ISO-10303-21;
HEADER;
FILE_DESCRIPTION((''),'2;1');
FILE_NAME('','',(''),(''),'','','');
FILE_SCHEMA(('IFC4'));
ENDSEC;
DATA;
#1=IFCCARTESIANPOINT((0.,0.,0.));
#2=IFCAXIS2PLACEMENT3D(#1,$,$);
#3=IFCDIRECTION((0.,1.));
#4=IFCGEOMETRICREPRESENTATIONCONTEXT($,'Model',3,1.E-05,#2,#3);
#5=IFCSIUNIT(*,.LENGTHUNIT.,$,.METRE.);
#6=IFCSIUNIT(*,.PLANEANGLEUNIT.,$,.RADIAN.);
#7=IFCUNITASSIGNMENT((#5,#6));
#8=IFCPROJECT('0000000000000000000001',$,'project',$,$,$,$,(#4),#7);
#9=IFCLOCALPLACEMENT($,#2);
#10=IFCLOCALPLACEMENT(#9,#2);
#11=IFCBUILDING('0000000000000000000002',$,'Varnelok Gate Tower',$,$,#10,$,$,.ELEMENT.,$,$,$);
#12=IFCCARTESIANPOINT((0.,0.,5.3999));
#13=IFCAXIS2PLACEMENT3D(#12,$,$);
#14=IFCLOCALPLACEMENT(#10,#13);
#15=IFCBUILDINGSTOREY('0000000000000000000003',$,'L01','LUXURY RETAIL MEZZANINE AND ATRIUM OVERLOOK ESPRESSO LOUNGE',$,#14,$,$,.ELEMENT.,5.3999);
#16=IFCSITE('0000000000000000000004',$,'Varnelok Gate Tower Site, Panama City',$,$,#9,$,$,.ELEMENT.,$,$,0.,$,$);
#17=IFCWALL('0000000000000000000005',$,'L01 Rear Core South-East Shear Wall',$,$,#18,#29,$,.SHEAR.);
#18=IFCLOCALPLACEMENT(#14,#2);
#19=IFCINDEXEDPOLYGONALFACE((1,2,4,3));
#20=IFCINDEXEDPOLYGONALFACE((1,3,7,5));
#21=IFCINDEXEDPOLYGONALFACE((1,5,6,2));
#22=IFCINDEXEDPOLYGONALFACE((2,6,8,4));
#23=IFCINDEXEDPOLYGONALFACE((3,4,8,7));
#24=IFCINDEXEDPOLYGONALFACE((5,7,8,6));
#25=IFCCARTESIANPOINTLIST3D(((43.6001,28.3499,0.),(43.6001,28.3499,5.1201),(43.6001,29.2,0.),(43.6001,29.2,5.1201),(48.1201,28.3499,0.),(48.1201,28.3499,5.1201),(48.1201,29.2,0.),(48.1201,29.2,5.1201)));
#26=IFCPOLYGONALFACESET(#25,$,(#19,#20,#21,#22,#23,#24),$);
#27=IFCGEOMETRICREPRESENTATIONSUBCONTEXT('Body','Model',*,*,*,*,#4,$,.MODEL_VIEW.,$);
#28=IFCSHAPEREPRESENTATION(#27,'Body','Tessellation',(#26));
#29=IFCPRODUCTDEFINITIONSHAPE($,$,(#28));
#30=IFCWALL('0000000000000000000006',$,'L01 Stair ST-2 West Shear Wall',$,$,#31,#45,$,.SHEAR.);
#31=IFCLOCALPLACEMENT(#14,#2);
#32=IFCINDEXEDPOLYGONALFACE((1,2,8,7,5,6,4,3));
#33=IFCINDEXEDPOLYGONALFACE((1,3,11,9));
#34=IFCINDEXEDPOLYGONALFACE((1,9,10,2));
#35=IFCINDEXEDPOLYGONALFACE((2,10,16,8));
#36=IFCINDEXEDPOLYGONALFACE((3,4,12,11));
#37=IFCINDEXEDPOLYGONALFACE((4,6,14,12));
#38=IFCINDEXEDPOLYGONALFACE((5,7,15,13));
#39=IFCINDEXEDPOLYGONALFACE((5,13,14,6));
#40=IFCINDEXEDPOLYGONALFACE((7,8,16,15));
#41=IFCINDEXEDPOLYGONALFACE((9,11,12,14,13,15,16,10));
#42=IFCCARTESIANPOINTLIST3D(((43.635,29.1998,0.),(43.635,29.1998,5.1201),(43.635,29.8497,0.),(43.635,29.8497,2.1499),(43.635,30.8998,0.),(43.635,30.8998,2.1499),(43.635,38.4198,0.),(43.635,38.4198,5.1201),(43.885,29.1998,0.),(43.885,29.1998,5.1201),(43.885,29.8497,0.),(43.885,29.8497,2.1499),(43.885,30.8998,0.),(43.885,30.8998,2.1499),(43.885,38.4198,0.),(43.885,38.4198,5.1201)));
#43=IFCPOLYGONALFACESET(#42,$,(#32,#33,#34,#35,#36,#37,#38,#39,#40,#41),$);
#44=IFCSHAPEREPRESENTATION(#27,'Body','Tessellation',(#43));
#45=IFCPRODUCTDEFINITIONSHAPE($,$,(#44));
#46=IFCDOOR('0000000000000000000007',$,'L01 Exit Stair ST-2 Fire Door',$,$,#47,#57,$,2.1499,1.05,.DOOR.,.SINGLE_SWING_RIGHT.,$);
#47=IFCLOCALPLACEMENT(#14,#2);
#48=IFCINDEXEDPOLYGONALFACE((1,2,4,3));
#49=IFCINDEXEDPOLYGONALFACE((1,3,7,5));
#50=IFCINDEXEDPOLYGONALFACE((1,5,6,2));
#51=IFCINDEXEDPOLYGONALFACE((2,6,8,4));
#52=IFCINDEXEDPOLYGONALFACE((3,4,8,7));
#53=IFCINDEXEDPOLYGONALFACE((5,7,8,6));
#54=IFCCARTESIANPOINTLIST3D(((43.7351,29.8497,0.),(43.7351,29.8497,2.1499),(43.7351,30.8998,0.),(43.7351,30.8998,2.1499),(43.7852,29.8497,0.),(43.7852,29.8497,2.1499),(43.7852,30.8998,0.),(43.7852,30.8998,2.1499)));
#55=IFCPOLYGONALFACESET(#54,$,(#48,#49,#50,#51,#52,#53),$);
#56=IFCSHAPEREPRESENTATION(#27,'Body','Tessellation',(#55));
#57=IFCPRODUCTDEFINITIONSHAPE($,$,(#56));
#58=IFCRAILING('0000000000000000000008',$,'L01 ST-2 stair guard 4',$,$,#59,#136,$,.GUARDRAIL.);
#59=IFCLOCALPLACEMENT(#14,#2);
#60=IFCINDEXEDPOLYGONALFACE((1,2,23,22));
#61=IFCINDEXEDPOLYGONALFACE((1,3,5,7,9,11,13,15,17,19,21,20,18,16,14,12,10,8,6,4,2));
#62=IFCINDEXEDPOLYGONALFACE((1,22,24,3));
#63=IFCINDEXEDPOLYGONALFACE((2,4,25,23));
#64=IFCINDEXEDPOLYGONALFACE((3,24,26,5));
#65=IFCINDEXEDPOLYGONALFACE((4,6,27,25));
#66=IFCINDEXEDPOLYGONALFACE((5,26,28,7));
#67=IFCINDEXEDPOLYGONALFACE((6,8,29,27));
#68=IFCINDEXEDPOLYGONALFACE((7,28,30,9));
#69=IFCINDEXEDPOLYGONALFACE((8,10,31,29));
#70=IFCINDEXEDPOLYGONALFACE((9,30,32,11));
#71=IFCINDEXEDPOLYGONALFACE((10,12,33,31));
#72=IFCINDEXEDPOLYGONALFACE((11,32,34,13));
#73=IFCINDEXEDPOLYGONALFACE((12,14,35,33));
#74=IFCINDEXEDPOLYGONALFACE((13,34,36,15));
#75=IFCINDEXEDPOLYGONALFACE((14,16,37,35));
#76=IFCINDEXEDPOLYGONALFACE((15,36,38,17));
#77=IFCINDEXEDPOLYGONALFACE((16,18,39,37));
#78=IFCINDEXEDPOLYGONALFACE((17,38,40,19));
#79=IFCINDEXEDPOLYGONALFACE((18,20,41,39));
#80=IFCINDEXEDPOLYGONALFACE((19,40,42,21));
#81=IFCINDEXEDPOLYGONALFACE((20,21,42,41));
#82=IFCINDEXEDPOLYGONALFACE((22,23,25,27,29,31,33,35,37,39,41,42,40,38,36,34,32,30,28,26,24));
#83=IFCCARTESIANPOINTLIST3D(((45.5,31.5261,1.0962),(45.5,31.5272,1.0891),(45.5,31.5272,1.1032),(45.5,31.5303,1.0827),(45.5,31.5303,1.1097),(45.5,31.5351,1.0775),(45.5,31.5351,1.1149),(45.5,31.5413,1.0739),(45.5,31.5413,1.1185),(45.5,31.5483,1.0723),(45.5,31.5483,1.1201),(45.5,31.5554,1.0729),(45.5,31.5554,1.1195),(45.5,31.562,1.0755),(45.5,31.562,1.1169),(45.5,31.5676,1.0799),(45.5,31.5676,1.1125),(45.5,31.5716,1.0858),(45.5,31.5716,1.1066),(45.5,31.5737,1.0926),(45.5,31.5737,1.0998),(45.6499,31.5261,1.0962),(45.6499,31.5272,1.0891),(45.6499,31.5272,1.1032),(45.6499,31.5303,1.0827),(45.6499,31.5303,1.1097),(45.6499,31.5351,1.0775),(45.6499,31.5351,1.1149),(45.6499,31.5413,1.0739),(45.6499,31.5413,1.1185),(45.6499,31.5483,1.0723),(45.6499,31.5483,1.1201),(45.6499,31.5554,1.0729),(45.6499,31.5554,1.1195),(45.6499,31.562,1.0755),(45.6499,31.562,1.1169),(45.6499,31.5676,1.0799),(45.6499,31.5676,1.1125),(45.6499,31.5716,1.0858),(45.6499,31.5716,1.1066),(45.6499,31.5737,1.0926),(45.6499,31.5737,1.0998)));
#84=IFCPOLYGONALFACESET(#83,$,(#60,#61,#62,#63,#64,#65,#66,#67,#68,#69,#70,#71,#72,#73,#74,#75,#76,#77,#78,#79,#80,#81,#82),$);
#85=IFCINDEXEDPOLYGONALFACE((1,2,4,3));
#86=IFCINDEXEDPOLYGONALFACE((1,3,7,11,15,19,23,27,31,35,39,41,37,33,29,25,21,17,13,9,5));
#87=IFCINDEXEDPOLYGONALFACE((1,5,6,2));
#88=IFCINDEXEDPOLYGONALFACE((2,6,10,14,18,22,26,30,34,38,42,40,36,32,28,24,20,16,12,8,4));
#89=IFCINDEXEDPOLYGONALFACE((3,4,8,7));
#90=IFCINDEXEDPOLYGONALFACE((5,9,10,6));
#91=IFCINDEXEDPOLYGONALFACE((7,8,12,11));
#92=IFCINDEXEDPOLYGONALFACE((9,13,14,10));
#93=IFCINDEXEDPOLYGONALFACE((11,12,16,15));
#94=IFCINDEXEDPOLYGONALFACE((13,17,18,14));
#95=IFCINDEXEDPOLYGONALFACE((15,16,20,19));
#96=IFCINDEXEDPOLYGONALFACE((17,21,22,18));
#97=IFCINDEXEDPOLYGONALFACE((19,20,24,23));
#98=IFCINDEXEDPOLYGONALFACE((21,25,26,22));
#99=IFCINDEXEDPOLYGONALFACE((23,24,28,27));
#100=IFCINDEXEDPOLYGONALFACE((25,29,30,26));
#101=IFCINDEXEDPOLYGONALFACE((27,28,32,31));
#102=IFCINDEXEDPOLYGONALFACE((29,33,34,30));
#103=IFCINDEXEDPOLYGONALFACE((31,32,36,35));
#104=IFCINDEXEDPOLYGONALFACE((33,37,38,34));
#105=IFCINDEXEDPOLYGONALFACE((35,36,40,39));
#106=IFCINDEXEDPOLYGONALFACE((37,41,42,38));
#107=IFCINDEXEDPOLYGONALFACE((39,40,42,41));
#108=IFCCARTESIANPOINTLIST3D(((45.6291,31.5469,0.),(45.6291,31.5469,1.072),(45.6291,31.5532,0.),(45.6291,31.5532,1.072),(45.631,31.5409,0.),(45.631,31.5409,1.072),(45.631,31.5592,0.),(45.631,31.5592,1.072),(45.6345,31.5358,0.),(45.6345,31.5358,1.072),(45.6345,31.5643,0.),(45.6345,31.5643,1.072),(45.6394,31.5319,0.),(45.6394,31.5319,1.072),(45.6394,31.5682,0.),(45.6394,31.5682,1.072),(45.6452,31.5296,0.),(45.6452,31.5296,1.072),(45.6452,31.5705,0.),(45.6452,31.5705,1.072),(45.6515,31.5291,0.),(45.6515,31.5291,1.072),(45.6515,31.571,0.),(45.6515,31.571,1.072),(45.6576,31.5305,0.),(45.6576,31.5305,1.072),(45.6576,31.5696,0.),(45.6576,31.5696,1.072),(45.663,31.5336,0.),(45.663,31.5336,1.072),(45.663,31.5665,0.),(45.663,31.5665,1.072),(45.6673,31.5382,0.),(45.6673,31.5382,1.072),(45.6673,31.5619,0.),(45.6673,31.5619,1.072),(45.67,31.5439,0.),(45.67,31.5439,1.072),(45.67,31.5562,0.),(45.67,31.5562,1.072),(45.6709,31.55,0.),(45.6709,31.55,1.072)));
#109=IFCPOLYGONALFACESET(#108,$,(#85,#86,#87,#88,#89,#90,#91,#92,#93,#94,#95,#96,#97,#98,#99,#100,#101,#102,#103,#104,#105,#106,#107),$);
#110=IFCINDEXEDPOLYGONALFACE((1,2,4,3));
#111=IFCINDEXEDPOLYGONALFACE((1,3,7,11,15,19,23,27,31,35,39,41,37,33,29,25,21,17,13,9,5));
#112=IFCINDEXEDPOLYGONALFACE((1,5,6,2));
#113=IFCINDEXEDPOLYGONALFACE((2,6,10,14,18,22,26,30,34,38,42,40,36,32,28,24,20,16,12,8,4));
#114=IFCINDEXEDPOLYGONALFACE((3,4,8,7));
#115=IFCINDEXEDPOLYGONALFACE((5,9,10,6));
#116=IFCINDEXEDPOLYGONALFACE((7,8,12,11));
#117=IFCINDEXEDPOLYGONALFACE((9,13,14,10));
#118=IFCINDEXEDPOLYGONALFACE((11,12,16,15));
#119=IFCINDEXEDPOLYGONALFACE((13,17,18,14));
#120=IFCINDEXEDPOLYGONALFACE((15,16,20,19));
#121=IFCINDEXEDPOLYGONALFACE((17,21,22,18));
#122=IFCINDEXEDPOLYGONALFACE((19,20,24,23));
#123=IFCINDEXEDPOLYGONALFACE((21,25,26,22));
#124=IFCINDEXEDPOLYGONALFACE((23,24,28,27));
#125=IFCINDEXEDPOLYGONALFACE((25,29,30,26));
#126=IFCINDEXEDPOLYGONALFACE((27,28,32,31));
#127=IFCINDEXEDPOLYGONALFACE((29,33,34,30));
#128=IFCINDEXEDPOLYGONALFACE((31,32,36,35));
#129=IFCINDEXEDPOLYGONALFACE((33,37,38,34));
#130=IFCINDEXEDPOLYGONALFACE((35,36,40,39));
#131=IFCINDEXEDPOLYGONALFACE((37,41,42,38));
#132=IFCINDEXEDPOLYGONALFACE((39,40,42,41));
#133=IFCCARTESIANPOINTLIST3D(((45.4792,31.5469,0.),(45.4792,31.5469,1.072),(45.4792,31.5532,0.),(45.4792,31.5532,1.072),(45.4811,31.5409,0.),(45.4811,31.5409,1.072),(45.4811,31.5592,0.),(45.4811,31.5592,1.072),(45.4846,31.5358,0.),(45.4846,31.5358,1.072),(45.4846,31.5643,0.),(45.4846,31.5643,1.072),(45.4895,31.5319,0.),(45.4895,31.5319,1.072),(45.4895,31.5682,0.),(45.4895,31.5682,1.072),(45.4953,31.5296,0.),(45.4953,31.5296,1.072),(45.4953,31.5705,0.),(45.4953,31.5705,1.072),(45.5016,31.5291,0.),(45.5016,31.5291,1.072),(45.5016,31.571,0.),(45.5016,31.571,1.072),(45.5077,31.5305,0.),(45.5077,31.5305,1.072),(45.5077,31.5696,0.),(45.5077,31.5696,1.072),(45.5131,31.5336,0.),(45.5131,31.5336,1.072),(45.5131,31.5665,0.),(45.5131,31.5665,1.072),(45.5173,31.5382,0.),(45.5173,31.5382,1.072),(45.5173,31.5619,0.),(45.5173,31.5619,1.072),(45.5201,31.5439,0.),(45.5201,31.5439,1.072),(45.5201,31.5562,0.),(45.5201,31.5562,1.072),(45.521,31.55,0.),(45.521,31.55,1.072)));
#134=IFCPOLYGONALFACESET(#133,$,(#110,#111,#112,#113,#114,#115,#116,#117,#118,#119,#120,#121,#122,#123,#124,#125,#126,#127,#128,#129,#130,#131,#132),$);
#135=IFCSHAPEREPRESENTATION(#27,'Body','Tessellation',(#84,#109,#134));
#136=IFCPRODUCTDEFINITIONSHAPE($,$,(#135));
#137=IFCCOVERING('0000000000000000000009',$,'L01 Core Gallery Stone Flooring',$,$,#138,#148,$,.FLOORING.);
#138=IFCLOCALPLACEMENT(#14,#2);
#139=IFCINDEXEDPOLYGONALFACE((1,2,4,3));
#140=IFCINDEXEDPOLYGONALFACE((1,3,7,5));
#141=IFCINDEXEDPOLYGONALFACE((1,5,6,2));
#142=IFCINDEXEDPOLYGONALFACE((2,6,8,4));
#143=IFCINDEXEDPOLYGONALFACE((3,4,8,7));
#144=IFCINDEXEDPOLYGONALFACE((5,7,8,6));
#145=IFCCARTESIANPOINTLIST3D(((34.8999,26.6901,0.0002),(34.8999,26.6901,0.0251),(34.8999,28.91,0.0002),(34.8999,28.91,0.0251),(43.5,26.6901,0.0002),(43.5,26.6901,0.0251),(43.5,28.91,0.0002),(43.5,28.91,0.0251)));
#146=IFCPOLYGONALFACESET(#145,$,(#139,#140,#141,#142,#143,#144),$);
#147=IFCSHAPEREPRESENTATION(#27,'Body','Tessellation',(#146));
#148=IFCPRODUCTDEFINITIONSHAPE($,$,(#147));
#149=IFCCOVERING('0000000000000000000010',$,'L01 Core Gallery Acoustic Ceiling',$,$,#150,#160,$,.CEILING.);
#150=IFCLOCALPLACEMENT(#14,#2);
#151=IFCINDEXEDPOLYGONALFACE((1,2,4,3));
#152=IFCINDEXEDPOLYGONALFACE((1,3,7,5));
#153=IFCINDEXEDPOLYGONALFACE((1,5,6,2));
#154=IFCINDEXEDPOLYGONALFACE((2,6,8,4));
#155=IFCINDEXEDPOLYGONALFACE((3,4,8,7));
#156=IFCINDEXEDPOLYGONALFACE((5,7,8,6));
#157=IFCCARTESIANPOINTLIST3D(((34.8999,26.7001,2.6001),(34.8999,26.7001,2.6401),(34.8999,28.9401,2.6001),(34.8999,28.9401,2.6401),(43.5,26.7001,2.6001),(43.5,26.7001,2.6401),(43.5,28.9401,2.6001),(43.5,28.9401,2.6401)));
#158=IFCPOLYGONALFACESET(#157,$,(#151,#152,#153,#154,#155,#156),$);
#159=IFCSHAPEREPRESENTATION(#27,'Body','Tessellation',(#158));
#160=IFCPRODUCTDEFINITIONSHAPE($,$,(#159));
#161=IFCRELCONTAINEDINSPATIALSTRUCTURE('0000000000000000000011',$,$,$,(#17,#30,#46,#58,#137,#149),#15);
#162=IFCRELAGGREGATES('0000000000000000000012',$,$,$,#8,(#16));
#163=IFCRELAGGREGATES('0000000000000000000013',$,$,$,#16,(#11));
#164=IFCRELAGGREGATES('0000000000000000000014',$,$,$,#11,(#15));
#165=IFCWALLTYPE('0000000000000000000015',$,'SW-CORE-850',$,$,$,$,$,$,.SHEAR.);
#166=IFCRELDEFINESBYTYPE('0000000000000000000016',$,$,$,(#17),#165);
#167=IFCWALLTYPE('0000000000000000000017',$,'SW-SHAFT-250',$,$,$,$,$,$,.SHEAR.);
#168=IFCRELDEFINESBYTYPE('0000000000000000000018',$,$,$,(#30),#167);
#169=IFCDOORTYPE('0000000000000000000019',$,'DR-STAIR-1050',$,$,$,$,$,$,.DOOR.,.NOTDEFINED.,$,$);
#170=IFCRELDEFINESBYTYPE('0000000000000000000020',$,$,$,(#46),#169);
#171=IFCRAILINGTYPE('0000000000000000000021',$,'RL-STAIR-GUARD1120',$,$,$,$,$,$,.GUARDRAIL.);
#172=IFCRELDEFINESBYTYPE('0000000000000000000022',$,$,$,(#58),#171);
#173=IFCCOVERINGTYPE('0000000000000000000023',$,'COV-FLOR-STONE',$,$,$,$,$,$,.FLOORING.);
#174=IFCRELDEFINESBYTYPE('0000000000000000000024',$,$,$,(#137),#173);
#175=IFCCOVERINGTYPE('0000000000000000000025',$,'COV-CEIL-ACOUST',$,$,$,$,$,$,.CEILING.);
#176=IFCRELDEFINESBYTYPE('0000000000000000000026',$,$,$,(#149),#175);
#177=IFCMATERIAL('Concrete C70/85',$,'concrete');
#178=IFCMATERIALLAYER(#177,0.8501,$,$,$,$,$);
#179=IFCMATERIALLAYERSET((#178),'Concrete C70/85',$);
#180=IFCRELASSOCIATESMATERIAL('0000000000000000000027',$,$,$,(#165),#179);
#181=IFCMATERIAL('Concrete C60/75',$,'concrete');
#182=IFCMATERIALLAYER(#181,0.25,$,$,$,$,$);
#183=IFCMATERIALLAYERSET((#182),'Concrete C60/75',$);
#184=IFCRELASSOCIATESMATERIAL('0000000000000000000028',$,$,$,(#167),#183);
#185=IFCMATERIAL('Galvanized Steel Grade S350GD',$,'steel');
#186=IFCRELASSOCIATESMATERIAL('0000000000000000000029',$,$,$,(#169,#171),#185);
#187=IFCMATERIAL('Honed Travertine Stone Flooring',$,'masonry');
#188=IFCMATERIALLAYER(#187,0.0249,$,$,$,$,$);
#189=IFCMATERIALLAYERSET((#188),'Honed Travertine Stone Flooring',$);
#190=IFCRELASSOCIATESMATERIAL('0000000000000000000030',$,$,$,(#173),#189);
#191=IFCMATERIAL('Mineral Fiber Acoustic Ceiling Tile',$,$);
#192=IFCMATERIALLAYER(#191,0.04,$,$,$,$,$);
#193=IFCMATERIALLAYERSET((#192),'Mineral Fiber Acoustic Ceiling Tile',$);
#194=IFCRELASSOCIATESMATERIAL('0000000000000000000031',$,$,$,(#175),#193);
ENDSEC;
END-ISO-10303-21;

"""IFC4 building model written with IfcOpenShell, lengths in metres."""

from ifc_helpers import new_model, si_unit, direction, frame, frame_2d, origin, origin_2d, place, context, subcontext, project, spatial, rectangle, circle, extrude, source, transform, mapped, material, layer, layer_set, type_object, element, fill, save


model = new_model("IFC4")

# Units and contexts
model_context = context("Model", 3, precision=1e-05, world=origin(), true_north=direction((0.0, 1.0)))
body_context = subcontext(model_context, "Body", "Model", "MODEL_VIEW")
ifc_project = project(units=[si_unit("LENGTHUNIT", "METRE"), si_unit("PLANEANGLEUNIT", "RADIAN")], contexts=[model_context])

# Site, building, storey
site_placement = place(None, origin())
site = spatial("IfcSite", under=ifc_project, at=site_placement, Name="Varnelok Gate Tower Site, Panama City", CompositionType="ELEMENT", RefElevation=0.0)
building_placement = place(site_placement, origin())
building = spatial("IfcBuilding", under=site, at=building_placement, Name="Varnelok Gate Tower", CompositionType="ELEMENT")
storey_placement = place(building_placement, frame((0.0, 0.0, 5.3999)))
storey = spatial("IfcBuildingStorey", under=building, at=storey_placement, Name="L01", Description="LUXURY RETAIL MEZZANINE AND ATRIUM OVERLOOK ESPRESSO LOUNGE", CompositionType="ELEMENT", Elevation=5.3999)

# Shared definitions
ifc_material_1 = material(Name="Concrete C70/85", Category="concrete")

# Shared definitions
ifc_material_2 = material(Name="Galvanized Steel Grade S350GD", Category="steel")

# Wall
ifc_layer_1 = layer(ifc_material_1, 0.8501)
ifc_layer_set_1 = layer_set([ifc_layer_1], Name="Concrete C70/85")
wall_type_1 = type_object("IfcWallType", Name="SW-CORE-850", PredefinedType="SHEAR", material=ifc_layer_set_1)
wall_1_placement = place(storey_placement, frame((43.6001, 28.7749, 0.0), z_axis=(0.0, 0.0, 1.0), x_axis=(1.0, 0.0, 0.0)))
element("IfcWall", 1, at=wall_1_placement, inside=storey, type_object=wall_type_1, Name="L01 Rear Core South-East Shear Wall", PredefinedType="SHEAR", context=body_context, shape_type="SweptSolid", body=[
    extrude(rectangle(XDim=4.52, YDim=0.8501, at=frame_2d((2.26, 0.0))), origin(), (0.0, 0.0, 1.0), 5.1201),
])

# Wall, opening, door
ifc_material_3 = material(Name="Concrete C60/75", Category="concrete")
ifc_layer_2 = layer(ifc_material_3, 0.25)
ifc_layer_set_2 = layer_set([ifc_layer_2], Name="Concrete C60/75")
wall_type_2 = type_object("IfcWallType", Name="SW-SHAFT-250", PredefinedType="SHEAR", material=ifc_layer_set_2)
wall_2_placement = place(storey_placement, frame((43.76, 29.2, 0.0), z_axis=(0.0, 0.0, 1.0), x_axis=(0.0, 1.0, 0.0)))
wall_2 = element("IfcWall", 2, at=wall_2_placement, inside=storey, type_object=wall_type_2, Name="L01 Stair ST-2 West Shear Wall", PredefinedType="SHEAR", context=body_context, shape_type="SweptSolid", body=[
    extrude(rectangle(XDim=9.22, YDim=0.25, at=frame_2d((4.6099, 0.0))), origin(), (0.0, 0.0, 1.0), 5.1201),
])
opening_1_placement = place(wall_2_placement, frame((0.6499, 0.0, 0.0)))
opening_1 = element("IfcOpeningElement", 3, at=opening_1_placement, cuts=wall_2, PredefinedType="OPENING", context=body_context, shape_type="SweptSolid", body=[
    extrude(rectangle(XDim=1.05, YDim=2.1499, at=frame_2d((0.5249, 1.075))), frame((0.0, 0.135, 0.0), z_axis=(0.0, -1.0, 0.0), x_axis=(1.0, 0.0, 0.0)), (0.0, 0.0, 1.0), 0.27),
])
door_type_1 = type_object("IfcDoorType", Name="DR-STAIR-1050", OperationType="NOTDEFINED", PredefinedType="DOOR", material=ifc_material_2)
door_1_placement = place(opening_1_placement, origin())
door_1 = element("IfcDoor", 4, at=door_1_placement, inside=storey, type_object=door_type_1, Name="L01 Exit Stair ST-2 Fire Door", OperationType="SINGLE_SWING_RIGHT", OverallHeight=2.1499, OverallWidth=1.05, PredefinedType="DOOR", context=body_context, shape_type="SweptSolid", body=[
    extrude(rectangle(XDim=1.05, YDim=2.1499, at=frame_2d((0.5249, 1.075))), frame((0.0, 0.0249, 0.0), z_axis=(0.0, -1.0, 0.0), x_axis=(1.0, 0.0, 0.0)), (0.0, 0.0, 1.0), 0.05),
])
fill(opening_1, door_1)

# Railing
railing_type = type_object("IfcRailingType", Name="RL-STAIR-GUARD1120", PredefinedType="GUARDRAIL", material=ifc_material_2)
railing_placement = place(storey_placement, frame((45.6499, 31.55, 0.0)))
element("IfcRailing", 5, at=railing_placement, inside=storey, type_object=railing_type, Name="L01 ST-2 stair guard 4", PredefinedType="GUARDRAIL", context=body_context, shape_type="SweptSolid", body=[
    extrude(circle(Radius=0.0239, at=origin_2d()), frame((0.0, 0.0, 1.0962), z_axis=(-1.0, 0.0, 0.0), x_axis=(0.0, -1.0, 0.0)), (0.0, 0.0, 1.0), 0.1499),
    extrude(circle(Radius=0.021, at=origin_2d()), origin(), (0.0, 0.0, 1.0), 1.072),
    extrude(circle(Radius=0.021, at=origin_2d()), frame((-0.1499, 0.0, 0.0)), (0.0, 0.0, 1.0), 1.072),
])

# Coverings
ifc_material_4 = material(Name="Honed Travertine Stone Flooring", Category="masonry")
ifc_layer_3 = layer(ifc_material_4, 0.0249)
ifc_layer_set_3 = layer_set([ifc_layer_3], Name="Honed Travertine Stone Flooring")
covering_type_1 = type_object("IfcCoveringType", Name="COV-FLOR-STONE", PredefinedType="FLOORING", material=ifc_layer_set_3)
shared_shape_1 = source(origin(), body_context, "Body", "SweptSolid", [
    extrude(rectangle(XDim=8.6001, YDim=2.22, at=origin_2d()), origin(), (0.0, 0.0, 1.0), 0.0249),
])
covering_1_placement = place(storey_placement, frame((39.2, 27.8, 0.0002), z_axis=(0.0, 0.0, 1.0), x_axis=(1.0, 0.0, 0.0)))
element("IfcCovering", 6, at=covering_1_placement, inside=storey, type_object=covering_type_1, Name="L01 Core Gallery Stone Flooring", PredefinedType="FLOORING", context=body_context, shape_type="MappedRepresentation", body=[
    mapped(shared_shape_1, transform((0.0, 0.0, 0.0), scale=1.0)),
])
ifc_material_5 = material(Name="Mineral Fiber Acoustic Ceiling Tile")
ifc_layer_4 = layer(ifc_material_5, 0.04)
ifc_layer_set_4 = layer_set([ifc_layer_4], Name="Mineral Fiber Acoustic Ceiling Tile")
covering_type_2 = type_object("IfcCoveringType", Name="COV-CEIL-ACOUST", PredefinedType="CEILING", material=ifc_layer_set_4)
shared_shape_2 = source(origin(), body_context, "Body", "SweptSolid", [
    extrude(rectangle(XDim=8.6001, YDim=2.24, at=origin_2d()), origin(), (0.0, 0.0, 1.0), 0.04),
])
covering_2_placement = place(storey_placement, frame((39.2, 27.8201, 2.6001), z_axis=(0.0, 0.0, 1.0), x_axis=(1.0, 0.0, 0.0)))
element("IfcCovering", 7, at=covering_2_placement, inside=storey, type_object=covering_type_2, Name="L01 Core Gallery Acoustic Ceiling", PredefinedType="CEILING", context=body_context, shape_type="MappedRepresentation", body=[
    mapped(shared_shape_2, transform((0.0, 0.0, 0.0), scale=1.0)),
])

save(model, "model.ifc")
